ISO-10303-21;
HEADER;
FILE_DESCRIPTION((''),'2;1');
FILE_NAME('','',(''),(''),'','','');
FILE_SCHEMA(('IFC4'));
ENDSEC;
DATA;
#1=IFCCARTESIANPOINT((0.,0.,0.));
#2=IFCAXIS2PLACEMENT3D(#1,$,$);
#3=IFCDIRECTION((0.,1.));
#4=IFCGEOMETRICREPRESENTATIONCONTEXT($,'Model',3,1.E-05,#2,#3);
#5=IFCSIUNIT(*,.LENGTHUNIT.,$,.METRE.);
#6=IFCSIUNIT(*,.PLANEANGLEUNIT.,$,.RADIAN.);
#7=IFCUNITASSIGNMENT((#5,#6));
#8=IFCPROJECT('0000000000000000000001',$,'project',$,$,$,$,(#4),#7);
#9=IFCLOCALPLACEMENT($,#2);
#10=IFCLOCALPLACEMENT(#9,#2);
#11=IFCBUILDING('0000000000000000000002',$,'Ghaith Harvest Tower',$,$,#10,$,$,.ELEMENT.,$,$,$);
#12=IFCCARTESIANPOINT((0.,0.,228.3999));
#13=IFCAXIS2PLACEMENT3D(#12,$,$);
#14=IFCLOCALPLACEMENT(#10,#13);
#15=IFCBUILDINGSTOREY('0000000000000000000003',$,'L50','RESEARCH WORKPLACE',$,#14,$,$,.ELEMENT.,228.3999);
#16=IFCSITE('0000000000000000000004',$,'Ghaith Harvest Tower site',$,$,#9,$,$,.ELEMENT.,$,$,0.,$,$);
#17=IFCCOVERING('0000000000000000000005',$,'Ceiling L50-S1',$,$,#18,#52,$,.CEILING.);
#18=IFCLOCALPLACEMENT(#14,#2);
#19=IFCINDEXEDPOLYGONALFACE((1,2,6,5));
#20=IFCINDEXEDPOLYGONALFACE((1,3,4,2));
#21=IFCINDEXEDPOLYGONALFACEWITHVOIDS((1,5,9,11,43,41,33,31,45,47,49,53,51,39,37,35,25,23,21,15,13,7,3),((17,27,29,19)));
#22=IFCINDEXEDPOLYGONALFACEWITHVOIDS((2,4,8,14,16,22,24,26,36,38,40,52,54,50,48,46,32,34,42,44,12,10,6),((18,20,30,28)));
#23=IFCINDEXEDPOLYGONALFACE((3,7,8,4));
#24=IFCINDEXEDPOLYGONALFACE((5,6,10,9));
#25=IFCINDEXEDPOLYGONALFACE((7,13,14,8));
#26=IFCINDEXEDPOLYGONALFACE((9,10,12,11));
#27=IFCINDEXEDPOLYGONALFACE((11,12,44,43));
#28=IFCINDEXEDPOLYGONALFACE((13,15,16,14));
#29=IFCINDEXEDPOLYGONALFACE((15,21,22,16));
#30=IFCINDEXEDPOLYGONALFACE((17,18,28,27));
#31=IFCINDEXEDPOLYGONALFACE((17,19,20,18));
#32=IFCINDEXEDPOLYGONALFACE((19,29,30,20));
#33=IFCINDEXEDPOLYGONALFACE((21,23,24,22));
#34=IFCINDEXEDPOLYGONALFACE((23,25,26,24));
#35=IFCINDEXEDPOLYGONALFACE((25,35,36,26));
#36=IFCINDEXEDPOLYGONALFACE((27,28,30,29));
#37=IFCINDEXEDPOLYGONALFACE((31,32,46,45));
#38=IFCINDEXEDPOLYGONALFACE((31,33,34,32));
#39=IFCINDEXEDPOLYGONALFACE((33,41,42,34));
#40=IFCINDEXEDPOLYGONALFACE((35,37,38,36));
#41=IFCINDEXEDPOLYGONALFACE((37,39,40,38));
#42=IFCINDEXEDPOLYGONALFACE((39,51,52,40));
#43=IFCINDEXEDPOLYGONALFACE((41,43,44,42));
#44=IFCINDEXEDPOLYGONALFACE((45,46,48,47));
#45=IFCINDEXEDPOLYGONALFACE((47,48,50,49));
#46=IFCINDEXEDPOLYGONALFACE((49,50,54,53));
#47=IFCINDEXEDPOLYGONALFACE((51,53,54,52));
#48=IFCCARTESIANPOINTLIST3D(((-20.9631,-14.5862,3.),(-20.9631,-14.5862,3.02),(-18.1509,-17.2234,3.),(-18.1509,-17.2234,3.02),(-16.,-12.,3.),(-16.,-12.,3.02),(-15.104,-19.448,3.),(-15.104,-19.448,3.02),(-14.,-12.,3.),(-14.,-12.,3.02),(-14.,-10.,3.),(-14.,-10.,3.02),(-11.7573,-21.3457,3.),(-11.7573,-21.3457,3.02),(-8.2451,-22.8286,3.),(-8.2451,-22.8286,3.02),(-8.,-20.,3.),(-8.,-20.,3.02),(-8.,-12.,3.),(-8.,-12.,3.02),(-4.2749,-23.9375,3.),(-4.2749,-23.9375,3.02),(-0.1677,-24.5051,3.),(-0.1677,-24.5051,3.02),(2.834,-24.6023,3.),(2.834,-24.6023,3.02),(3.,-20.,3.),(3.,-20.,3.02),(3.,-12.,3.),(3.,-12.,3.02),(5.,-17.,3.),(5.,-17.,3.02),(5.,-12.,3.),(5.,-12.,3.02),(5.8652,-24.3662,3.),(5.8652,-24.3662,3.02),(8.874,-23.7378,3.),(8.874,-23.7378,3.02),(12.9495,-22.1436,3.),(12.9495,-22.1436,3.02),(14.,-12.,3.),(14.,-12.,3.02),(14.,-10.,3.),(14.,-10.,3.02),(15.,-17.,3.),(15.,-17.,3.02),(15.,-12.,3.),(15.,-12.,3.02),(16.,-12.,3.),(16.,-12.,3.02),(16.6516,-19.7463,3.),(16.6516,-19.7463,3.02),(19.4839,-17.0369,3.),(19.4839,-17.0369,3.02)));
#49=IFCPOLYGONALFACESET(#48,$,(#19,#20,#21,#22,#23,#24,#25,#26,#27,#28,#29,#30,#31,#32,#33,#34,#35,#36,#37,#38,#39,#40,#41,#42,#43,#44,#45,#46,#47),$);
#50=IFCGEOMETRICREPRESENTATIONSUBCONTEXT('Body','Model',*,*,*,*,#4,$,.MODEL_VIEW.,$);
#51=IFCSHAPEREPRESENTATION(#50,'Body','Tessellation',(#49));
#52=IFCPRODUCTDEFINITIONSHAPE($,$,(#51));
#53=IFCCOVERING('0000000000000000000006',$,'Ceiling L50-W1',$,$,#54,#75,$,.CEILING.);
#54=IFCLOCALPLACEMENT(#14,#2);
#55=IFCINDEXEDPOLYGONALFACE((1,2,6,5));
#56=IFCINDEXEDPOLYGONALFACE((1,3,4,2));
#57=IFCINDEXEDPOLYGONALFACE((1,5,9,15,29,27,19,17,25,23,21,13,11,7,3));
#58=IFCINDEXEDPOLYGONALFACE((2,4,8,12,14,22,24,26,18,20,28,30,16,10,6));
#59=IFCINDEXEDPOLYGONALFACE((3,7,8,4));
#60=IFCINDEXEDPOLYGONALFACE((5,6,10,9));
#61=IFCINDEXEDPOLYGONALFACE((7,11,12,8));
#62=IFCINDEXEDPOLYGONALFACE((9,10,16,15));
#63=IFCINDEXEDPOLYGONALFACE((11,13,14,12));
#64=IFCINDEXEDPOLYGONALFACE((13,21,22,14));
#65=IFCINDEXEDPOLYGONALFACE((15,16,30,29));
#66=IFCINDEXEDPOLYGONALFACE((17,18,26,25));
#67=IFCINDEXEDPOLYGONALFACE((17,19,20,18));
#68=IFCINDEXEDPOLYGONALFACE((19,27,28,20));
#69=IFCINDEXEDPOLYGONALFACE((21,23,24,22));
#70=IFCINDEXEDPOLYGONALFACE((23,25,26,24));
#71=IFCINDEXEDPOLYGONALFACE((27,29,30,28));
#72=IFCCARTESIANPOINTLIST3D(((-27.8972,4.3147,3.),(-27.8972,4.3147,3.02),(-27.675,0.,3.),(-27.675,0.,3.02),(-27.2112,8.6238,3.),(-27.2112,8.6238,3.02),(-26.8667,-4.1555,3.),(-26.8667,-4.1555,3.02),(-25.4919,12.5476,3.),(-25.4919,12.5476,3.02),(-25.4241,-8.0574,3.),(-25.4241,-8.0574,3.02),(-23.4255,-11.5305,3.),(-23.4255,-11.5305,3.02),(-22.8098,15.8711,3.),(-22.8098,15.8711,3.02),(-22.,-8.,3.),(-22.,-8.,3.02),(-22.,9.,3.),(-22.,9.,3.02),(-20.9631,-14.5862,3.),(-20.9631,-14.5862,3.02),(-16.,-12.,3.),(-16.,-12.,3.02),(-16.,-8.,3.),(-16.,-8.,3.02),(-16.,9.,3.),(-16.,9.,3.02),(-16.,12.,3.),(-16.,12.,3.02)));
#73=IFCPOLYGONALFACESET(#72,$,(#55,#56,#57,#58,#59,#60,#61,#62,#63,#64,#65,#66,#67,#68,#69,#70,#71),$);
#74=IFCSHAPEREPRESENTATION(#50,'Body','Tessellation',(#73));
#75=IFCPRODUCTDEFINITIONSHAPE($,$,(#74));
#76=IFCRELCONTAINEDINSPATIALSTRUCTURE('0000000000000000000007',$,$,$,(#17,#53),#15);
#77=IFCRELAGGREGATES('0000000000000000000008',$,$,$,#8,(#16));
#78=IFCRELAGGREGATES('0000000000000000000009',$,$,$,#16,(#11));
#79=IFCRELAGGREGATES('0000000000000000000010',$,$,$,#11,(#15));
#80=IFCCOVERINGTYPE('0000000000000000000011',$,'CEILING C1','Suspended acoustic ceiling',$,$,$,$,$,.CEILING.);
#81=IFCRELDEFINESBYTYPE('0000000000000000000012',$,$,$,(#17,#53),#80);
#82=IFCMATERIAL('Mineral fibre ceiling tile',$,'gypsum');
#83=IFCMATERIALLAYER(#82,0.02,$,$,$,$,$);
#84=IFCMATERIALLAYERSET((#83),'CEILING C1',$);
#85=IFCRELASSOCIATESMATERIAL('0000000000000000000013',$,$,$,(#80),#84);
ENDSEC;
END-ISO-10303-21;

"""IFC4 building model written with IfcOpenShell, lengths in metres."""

from ifc_helpers import new_model, si_unit, direction, frame, origin, place, context, subcontext, project, spatial, polyline, outline, extrude, material, layer, layer_set, type_object, element, save


model = new_model("IFC4")

# Units and contexts
model_context = context("Model", 3, precision=1e-05, world=origin(), true_north=direction((0.0, 1.0)))
body_context = subcontext(model_context, "Body", "Model", "MODEL_VIEW")
ifc_project = project(units=[si_unit("LENGTHUNIT", "METRE"), si_unit("PLANEANGLEUNIT", "RADIAN")], contexts=[model_context])

# Site, building, storey
site_placement = place(None, origin())
site = spatial("IfcSite", under=ifc_project, at=site_placement, Name="Ghaith Harvest Tower site", CompositionType="ELEMENT", RefElevation=0.0)
building_placement = place(site_placement, origin())
building = spatial("IfcBuilding", under=site, at=building_placement, Name="Ghaith Harvest Tower", CompositionType="ELEMENT")
storey_placement = place(building_placement, frame((0.0, 0.0, 228.3999)))
storey = spatial("IfcBuildingStorey", under=building, at=storey_placement, Name="L50", Description="RESEARCH WORKPLACE", CompositionType="ELEMENT", Elevation=228.3999)

# Coverings
ifc_material_1 = material(Name="Mineral fibre ceiling tile", Category="gypsum")
ifc_layer_1 = layer(ifc_material_1, 0.02)
ifc_layer_set_1 = layer_set([ifc_layer_1], Name="CEILING C1")
covering_type = type_object("IfcCoveringType", Name="CEILING C1", Description="Suspended acoustic ceiling", PredefinedType="CEILING", material=ifc_layer_set_1)
covering_1_placement = place(storey_placement, frame((0.0, 0.0, 3.0)))
element("IfcCovering", 1, at=covering_1_placement, inside=storey, type_object=covering_type, Name="Ceiling L50-S1", PredefinedType="CEILING", context=body_context, shape_type="SweptSolid", body=[
    extrude(outline(polyline([(-20.9631, -14.5862), (-16.0, -12.0), (-14.0, -12.0), (-14.0, -10.0), (14.0, -10.0), (14.0, -12.0), (5.0, -12.0), (5.0, -17.0), (15.0, -17.0), (15.0, -12.0), (16.0, -12.0), (19.4839, -17.0369), (16.6516, -19.7463), (12.9495, -22.1436), (8.874, -23.7378), (5.8652, -24.3662), (2.834, -24.6023), (-0.1677, -24.5051), (-4.2749, -23.9375), (-8.2451, -22.8286), (-11.7573, -21.3457), (-15.104, -19.448), (-18.1509, -17.2234), (-20.9631, -14.5862)]), holes=[polyline([(3.0, -12.0), (-8.0, -12.0), (-8.0, -20.0), (3.0, -20.0), (3.0, -12.0)])]), origin(), (0.0, 0.0, 1.0), 0.02),
])
covering_2_placement = place(storey_placement, frame((0.0, 0.0, 3.0)))
element("IfcCovering", 2, at=covering_2_placement, inside=storey, type_object=covering_type, Name="Ceiling L50-W1", PredefinedType="CEILING", context=body_context, shape_type="SweptSolid", body=[
    extrude(outline(polyline([(-23.4255, -11.5305), (-25.4241, -8.0574), (-26.8667, -4.1555), (-27.675, 0.0), (-27.8972, 4.3147), (-27.2112, 8.6238), (-25.4919, 12.5476), (-22.8098, 15.8711), (-16.0, 12.0), (-16.0, 9.0), (-22.0, 9.0), (-22.0, -8.0), (-16.0, -8.0), (-16.0, -12.0), (-20.9631, -14.5862), (-23.4255, -11.5305)])), origin(), (0.0, 0.0, 1.0), 0.02),
])

save(model, "model.ifc")
